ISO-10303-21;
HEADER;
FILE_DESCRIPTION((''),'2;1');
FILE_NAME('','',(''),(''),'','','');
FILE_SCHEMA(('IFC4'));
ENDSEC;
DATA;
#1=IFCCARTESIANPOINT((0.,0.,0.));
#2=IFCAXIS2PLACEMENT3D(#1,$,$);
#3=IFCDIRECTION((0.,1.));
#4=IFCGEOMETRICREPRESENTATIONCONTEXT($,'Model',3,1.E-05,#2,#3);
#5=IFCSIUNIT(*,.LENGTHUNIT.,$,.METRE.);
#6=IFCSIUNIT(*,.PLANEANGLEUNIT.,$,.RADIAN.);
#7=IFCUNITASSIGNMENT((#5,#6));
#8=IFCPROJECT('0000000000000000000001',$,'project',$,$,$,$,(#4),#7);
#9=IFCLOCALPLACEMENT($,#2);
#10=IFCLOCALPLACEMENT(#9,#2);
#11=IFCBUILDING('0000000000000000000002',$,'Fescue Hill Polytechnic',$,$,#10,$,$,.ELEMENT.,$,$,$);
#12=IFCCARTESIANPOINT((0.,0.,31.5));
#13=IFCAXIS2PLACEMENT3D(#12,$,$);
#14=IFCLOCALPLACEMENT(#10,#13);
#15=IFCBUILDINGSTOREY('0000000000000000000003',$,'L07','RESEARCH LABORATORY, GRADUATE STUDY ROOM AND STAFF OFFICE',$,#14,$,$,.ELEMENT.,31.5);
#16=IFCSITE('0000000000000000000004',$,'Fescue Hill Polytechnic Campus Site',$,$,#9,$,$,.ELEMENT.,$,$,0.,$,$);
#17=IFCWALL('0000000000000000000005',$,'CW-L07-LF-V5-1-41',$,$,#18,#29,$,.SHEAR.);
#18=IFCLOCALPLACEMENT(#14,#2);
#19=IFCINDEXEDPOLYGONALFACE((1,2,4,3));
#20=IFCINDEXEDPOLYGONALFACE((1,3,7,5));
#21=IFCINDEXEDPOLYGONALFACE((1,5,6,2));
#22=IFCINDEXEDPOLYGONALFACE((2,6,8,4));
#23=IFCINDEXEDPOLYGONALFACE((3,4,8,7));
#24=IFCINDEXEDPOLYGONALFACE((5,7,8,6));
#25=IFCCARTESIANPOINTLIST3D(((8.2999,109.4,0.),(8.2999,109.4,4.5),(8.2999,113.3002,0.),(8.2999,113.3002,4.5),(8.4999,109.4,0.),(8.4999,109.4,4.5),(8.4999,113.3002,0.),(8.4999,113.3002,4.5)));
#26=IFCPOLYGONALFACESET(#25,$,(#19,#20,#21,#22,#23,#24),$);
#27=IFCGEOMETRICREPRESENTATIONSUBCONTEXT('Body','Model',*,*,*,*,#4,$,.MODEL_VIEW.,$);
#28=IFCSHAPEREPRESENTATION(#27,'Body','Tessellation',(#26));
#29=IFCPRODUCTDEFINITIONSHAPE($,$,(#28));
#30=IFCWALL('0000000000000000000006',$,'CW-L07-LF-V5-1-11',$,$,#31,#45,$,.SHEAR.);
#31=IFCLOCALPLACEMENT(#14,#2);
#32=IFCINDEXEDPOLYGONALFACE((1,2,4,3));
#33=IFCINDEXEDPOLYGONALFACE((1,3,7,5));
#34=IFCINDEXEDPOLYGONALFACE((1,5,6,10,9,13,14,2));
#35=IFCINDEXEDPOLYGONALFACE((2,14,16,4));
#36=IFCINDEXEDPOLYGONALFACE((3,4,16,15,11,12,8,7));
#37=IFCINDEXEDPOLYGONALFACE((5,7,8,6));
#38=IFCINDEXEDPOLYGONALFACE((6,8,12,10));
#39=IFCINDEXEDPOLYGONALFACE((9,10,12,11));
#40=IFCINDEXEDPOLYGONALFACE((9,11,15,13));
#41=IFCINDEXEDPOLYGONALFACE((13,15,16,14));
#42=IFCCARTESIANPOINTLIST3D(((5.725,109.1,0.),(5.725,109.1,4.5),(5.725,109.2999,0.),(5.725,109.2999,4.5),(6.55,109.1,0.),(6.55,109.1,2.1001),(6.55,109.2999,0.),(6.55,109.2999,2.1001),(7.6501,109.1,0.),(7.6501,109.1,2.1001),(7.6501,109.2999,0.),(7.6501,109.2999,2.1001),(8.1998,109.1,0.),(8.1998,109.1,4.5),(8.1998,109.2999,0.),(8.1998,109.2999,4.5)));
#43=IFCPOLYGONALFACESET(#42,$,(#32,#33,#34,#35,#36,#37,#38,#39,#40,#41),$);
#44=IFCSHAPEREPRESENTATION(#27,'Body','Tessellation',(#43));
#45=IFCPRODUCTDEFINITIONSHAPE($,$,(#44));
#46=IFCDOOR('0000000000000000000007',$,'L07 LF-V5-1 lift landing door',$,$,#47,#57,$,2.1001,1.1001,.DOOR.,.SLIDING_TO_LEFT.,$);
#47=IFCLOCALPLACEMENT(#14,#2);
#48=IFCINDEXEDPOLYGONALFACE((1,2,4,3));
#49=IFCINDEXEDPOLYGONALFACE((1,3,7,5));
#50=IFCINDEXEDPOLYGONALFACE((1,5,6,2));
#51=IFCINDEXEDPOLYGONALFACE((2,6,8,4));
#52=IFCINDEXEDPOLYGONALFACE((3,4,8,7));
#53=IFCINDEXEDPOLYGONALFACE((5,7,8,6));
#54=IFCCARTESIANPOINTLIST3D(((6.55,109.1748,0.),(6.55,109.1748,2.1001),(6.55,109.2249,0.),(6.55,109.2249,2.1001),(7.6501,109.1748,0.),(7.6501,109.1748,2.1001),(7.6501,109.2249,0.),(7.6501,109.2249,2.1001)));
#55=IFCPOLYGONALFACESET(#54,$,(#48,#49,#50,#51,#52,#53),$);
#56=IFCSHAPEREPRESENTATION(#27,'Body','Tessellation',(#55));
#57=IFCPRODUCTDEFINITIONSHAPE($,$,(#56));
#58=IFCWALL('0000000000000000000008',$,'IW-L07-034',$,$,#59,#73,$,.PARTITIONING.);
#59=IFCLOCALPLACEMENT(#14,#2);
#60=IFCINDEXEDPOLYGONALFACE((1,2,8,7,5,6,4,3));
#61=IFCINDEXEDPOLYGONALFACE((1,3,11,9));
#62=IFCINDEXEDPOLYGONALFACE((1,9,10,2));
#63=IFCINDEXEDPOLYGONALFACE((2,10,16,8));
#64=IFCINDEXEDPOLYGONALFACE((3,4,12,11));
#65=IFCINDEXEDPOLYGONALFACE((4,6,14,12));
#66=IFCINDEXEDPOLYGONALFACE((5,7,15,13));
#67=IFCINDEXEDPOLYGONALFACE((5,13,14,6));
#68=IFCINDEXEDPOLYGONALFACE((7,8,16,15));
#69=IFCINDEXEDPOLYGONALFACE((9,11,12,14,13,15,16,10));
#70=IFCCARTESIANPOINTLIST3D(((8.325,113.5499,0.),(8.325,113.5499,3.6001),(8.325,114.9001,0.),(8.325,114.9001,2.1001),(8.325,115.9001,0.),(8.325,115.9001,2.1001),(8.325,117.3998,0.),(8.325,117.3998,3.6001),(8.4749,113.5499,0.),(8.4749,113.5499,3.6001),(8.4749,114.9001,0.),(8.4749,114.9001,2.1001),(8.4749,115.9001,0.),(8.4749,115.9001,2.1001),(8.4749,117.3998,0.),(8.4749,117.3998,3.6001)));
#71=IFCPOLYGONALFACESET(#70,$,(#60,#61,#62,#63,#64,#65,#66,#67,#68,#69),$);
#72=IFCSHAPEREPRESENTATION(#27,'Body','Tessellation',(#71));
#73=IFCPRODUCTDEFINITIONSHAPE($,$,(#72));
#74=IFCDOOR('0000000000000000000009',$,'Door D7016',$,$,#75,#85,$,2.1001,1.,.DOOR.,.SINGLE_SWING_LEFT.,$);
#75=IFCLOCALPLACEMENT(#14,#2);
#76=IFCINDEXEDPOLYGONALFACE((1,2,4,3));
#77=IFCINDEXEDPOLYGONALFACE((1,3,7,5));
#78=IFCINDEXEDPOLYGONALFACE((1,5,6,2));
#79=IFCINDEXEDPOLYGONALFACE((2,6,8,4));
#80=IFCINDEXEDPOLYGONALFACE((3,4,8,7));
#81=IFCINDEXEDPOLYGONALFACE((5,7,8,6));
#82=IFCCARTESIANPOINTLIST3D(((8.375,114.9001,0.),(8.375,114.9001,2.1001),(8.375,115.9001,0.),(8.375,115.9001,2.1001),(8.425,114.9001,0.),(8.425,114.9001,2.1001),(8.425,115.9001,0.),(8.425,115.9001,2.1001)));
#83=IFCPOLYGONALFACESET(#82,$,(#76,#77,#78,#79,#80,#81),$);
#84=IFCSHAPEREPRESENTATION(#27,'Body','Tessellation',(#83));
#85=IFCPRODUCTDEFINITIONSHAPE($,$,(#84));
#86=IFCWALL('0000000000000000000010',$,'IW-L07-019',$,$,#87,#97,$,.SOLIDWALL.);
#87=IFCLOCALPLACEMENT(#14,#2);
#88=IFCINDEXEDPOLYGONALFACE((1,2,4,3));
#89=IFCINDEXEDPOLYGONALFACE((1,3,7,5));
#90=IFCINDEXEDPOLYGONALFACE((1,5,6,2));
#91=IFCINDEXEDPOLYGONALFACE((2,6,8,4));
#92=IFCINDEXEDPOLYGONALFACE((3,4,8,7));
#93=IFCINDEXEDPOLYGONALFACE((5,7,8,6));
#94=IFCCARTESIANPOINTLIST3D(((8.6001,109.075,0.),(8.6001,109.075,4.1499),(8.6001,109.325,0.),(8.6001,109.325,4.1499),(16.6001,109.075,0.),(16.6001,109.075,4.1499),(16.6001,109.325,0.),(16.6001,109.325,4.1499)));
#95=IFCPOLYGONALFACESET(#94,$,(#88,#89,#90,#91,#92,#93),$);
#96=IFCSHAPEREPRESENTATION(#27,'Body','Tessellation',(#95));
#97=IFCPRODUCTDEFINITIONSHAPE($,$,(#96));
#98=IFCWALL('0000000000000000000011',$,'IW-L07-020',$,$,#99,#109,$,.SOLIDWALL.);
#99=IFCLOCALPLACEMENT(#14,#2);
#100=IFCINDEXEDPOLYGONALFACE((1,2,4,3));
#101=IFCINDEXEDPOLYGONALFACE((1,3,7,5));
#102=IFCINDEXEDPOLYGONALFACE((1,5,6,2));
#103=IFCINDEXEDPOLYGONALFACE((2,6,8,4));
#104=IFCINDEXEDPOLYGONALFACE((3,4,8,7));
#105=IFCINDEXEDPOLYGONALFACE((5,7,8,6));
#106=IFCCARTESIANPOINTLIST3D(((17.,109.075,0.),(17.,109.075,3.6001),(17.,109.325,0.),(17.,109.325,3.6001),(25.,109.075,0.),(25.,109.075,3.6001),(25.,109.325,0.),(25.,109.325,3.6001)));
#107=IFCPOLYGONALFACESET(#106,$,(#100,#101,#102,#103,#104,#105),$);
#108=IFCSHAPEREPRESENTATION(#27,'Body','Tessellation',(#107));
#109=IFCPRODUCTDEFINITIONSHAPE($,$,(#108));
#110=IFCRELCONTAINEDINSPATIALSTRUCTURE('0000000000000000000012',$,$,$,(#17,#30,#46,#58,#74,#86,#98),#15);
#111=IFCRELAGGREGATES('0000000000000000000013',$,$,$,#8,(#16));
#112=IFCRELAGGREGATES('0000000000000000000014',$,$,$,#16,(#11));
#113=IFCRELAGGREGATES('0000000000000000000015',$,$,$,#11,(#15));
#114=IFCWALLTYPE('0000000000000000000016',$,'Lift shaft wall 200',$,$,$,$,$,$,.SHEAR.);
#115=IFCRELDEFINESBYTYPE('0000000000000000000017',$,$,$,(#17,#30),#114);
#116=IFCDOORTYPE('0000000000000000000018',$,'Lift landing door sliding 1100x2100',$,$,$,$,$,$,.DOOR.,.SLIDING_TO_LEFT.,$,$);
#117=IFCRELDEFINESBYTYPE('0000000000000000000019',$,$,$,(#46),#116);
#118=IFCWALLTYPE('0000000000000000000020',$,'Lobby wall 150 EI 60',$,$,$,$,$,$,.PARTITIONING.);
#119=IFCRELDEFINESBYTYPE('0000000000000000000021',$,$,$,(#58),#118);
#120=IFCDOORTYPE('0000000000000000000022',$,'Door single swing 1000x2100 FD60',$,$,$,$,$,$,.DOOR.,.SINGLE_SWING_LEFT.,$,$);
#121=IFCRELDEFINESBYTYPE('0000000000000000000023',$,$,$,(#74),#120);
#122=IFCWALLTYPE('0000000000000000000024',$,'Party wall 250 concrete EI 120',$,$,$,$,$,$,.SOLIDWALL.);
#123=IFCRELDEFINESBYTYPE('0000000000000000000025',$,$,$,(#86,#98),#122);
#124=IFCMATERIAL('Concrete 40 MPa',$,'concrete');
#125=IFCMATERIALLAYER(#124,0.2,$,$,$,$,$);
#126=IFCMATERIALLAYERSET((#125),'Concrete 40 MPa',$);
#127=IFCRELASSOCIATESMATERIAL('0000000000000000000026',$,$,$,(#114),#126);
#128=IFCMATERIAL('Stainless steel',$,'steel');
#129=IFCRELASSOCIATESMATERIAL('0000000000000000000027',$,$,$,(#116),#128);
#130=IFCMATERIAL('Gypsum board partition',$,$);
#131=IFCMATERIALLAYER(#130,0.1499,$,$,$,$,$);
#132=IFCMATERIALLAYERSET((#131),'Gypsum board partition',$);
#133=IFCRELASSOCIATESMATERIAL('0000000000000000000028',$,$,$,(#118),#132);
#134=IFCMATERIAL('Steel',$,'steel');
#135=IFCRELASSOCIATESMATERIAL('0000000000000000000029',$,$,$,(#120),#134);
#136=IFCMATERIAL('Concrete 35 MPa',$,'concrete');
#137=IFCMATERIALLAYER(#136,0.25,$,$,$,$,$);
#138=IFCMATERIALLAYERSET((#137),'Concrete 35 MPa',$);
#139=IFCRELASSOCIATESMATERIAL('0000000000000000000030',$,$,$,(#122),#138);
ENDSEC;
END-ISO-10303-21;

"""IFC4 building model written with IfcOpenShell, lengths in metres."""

from ifc_helpers import new_model, si_unit, direction, frame, frame_2d, origin, place, context, subcontext, project, spatial, rectangle, extrude, material, layer, layer_set, type_object, element, fill, save


model = new_model("IFC4")

# Units and contexts
model_context = context("Model", 3, precision=1e-05, world=origin(), true_north=direction((0.0, 1.0)))
body_context = subcontext(model_context, "Body", "Model", "MODEL_VIEW")
ifc_project = project(units=[si_unit("LENGTHUNIT", "METRE"), si_unit("PLANEANGLEUNIT", "RADIAN")], contexts=[model_context])

# Site, building, storey
site_placement = place(None, origin())
site = spatial("IfcSite", under=ifc_project, at=site_placement, Name="Fescue Hill Polytechnic Campus Site", CompositionType="ELEMENT", RefElevation=0.0)
building_placement = place(site_placement, origin())
building = spatial("IfcBuilding", under=site, at=building_placement, Name="Fescue Hill Polytechnic", CompositionType="ELEMENT")
storey_placement = place(building_placement, frame((0.0, 0.0, 31.5)))
storey = spatial("IfcBuildingStorey", under=building, at=storey_placement, Name="L07", Description="RESEARCH LABORATORY, GRADUATE STUDY ROOM AND STAFF OFFICE", CompositionType="ELEMENT", Elevation=31.5)

# Shared definitions
ifc_material_1 = material(Name="Concrete 40 MPa", Category="concrete")

# Shared definitions
ifc_material_2 = material(Name="Concrete 35 MPa", Category="concrete")

# Wall
ifc_material_3 = material(Name="Gypsum board partition")
ifc_layer_1 = layer(ifc_material_1, 0.2)
ifc_layer_set_1 = layer_set([ifc_layer_1], Name="Concrete 40 MPa")
wall_type_1 = type_object("IfcWallType", Name="Lift shaft wall 200", PredefinedType="SHEAR", material=ifc_layer_set_1)
wall_1_placement = place(storey_placement, frame((8.3999, 109.3999, 0.0), z_axis=(0.0, 0.0, 1.0), x_axis=(0.0, 1.0, 0.0)))
element("IfcWall", 1, at=wall_1_placement, inside=storey, type_object=wall_type_1, Name="CW-L07-LF-V5-1-41", PredefinedType="SHEAR", context=body_context, shape_type="SweptSolid", body=[
    extrude(rectangle(XDim=3.9001, YDim=0.2, at=frame_2d((1.9502, 0.0))), origin(), (0.0, 0.0, 1.0), 4.5),
])

# Walls, openings, doors
wall_2_placement = place(storey_placement, frame((5.7251, 109.2, 0.0), z_axis=(0.0, 0.0, 1.0), x_axis=(1.0, 0.0, 0.0)))
wall_2 = element("IfcWall", 2, at=wall_2_placement, inside=storey, type_object=wall_type_1, Name="CW-L07-LF-V5-1-11", PredefinedType="SHEAR", context=body_context, shape_type="SweptSolid", body=[
    extrude(rectangle(XDim=2.4749, YDim=0.2, at=frame_2d((1.2373, 0.0))), origin(), (0.0, 0.0, 1.0), 4.5),
])
opening_1_placement = place(wall_2_placement, frame((0.825, 0.0, 0.0)))
opening_1 = element("IfcOpeningElement", 3, at=opening_1_placement, cuts=wall_2, PredefinedType="OPENING", context=body_context, shape_type="SweptSolid", body=[
    extrude(rectangle(XDim=1.1001, YDim=2.1001, at=frame_2d((0.55, 1.05))), frame((0.0, 0.1099, 0.0), z_axis=(0.0, -1.0, 0.0), x_axis=(1.0, 0.0, 0.0)), (0.0, 0.0, 1.0), 0.22),
])
ifc_material_4 = material(Name="Stainless steel", Category="steel")
door_type_1 = type_object("IfcDoorType", Name="Lift landing door sliding 1100x2100", OperationType="SLIDING_TO_LEFT", PredefinedType="DOOR", material=ifc_material_4)
door_1_placement = place(opening_1_placement, origin())
door_1 = element("IfcDoor", 4, at=door_1_placement, inside=storey, type_object=door_type_1, Name="L07 LF-V5-1 lift landing door", OperationType="SLIDING_TO_LEFT", OverallHeight=2.1001, OverallWidth=1.1001, PredefinedType="DOOR", context=body_context, shape_type="SweptSolid", body=[
    extrude(rectangle(XDim=1.1001, YDim=2.1001, at=frame_2d((0.55, 1.05))), frame((0.0, 0.0249, 0.0), z_axis=(0.0, -1.0, 0.0), x_axis=(1.0, 0.0, 0.0)), (0.0, 0.0, 1.0), 0.05),
])
fill(opening_1, door_1)
ifc_layer_2 = layer(ifc_material_3, 0.1499)
ifc_layer_set_2 = layer_set([ifc_layer_2], Name="Gypsum board partition")
wall_type_2 = type_object("IfcWallType", Name="Lobby wall 150 EI 60", PredefinedType="PARTITIONING", material=ifc_layer_set_2)
wall_3_placement = place(storey_placement, frame((8.3999, 113.55, 0.0), z_axis=(0.0, 0.0, 1.0), x_axis=(0.0, 1.0, 0.0)))
wall_3 = element("IfcWall", 5, at=wall_3_placement, inside=storey, type_object=wall_type_2, Name="IW-L07-034", PredefinedType="PARTITIONING", context=body_context, shape_type="SweptSolid", body=[
    extrude(rectangle(XDim=3.8499, YDim=0.1499, at=frame_2d((1.9248, 0.0))), origin(), (0.0, 0.0, 1.0), 3.6001),
])
opening_2_placement = place(wall_3_placement, frame((1.3501, 0.0, 0.0)))
opening_2 = element("IfcOpeningElement", 6, at=opening_2_placement, cuts=wall_3, PredefinedType="OPENING", context=body_context, shape_type="SweptSolid", body=[
    extrude(rectangle(XDim=1.0, YDim=2.1001, at=frame_2d((0.5, 1.05))), frame((0.0, 0.085, 0.0), z_axis=(0.0, -1.0, 0.0), x_axis=(1.0, 0.0, 0.0)), (0.0, 0.0, 1.0), 0.1699),
])
ifc_material_5 = material(Name="Steel", Category="steel")
door_type_2 = type_object("IfcDoorType", Name="Door single swing 1000x2100 FD60", OperationType="SINGLE_SWING_LEFT", PredefinedType="DOOR", material=ifc_material_5)
door_2_placement = place(opening_2_placement, origin())
door_2 = element("IfcDoor", 7, at=door_2_placement, inside=storey, type_object=door_type_2, Name="Door D7016", OperationType="SINGLE_SWING_LEFT", OverallHeight=2.1001, OverallWidth=1.0, PredefinedType="DOOR", context=body_context, shape_type="SweptSolid", body=[
    extrude(rectangle(XDim=1.0, YDim=2.1001, at=frame_2d((0.5, 1.05))), frame((0.0, 0.0249, 0.0), z_axis=(0.0, -1.0, 0.0), x_axis=(1.0, 0.0, 0.0)), (0.0, 0.0, 1.0), 0.05),
])
fill(opening_2, door_2)

# Walls
ifc_layer_3 = layer(ifc_material_2, 0.25)
ifc_layer_set_3 = layer_set([ifc_layer_3], Name="Concrete 35 MPa")
wall_type_3 = type_object("IfcWallType", Name="Party wall 250 concrete EI 120", PredefinedType="SOLIDWALL", material=ifc_layer_set_3)
wall_4_placement = place(storey_placement, frame((8.6001, 109.2, 0.0), z_axis=(0.0, 0.0, 1.0), x_axis=(1.0, 0.0, 0.0)))
element("IfcWall", 8, at=wall_4_placement, inside=storey, type_object=wall_type_3, Name="IW-L07-019", PredefinedType="SOLIDWALL", context=body_context, shape_type="SweptSolid", body=[
    extrude(rectangle(XDim=8.0, YDim=0.25, at=frame_2d((4.0, 0.0))), origin(), (0.0, 0.0, 1.0), 4.1499),
])
wall_5_placement = place(storey_placement, frame((17.0, 109.2, 0.0), z_axis=(0.0, 0.0, 1.0), x_axis=(1.0, 0.0, 0.0)))
element("IfcWall", 9, at=wall_5_placement, inside=storey, type_object=wall_type_3, Name="IW-L07-020", PredefinedType="SOLIDWALL", context=body_context, shape_type="SweptSolid", body=[
    extrude(rectangle(XDim=8.0, YDim=0.25, at=frame_2d((4.0, 0.0))), origin(), (0.0, 0.0, 1.0), 3.6001),
])

save(model, "model.ifc")
